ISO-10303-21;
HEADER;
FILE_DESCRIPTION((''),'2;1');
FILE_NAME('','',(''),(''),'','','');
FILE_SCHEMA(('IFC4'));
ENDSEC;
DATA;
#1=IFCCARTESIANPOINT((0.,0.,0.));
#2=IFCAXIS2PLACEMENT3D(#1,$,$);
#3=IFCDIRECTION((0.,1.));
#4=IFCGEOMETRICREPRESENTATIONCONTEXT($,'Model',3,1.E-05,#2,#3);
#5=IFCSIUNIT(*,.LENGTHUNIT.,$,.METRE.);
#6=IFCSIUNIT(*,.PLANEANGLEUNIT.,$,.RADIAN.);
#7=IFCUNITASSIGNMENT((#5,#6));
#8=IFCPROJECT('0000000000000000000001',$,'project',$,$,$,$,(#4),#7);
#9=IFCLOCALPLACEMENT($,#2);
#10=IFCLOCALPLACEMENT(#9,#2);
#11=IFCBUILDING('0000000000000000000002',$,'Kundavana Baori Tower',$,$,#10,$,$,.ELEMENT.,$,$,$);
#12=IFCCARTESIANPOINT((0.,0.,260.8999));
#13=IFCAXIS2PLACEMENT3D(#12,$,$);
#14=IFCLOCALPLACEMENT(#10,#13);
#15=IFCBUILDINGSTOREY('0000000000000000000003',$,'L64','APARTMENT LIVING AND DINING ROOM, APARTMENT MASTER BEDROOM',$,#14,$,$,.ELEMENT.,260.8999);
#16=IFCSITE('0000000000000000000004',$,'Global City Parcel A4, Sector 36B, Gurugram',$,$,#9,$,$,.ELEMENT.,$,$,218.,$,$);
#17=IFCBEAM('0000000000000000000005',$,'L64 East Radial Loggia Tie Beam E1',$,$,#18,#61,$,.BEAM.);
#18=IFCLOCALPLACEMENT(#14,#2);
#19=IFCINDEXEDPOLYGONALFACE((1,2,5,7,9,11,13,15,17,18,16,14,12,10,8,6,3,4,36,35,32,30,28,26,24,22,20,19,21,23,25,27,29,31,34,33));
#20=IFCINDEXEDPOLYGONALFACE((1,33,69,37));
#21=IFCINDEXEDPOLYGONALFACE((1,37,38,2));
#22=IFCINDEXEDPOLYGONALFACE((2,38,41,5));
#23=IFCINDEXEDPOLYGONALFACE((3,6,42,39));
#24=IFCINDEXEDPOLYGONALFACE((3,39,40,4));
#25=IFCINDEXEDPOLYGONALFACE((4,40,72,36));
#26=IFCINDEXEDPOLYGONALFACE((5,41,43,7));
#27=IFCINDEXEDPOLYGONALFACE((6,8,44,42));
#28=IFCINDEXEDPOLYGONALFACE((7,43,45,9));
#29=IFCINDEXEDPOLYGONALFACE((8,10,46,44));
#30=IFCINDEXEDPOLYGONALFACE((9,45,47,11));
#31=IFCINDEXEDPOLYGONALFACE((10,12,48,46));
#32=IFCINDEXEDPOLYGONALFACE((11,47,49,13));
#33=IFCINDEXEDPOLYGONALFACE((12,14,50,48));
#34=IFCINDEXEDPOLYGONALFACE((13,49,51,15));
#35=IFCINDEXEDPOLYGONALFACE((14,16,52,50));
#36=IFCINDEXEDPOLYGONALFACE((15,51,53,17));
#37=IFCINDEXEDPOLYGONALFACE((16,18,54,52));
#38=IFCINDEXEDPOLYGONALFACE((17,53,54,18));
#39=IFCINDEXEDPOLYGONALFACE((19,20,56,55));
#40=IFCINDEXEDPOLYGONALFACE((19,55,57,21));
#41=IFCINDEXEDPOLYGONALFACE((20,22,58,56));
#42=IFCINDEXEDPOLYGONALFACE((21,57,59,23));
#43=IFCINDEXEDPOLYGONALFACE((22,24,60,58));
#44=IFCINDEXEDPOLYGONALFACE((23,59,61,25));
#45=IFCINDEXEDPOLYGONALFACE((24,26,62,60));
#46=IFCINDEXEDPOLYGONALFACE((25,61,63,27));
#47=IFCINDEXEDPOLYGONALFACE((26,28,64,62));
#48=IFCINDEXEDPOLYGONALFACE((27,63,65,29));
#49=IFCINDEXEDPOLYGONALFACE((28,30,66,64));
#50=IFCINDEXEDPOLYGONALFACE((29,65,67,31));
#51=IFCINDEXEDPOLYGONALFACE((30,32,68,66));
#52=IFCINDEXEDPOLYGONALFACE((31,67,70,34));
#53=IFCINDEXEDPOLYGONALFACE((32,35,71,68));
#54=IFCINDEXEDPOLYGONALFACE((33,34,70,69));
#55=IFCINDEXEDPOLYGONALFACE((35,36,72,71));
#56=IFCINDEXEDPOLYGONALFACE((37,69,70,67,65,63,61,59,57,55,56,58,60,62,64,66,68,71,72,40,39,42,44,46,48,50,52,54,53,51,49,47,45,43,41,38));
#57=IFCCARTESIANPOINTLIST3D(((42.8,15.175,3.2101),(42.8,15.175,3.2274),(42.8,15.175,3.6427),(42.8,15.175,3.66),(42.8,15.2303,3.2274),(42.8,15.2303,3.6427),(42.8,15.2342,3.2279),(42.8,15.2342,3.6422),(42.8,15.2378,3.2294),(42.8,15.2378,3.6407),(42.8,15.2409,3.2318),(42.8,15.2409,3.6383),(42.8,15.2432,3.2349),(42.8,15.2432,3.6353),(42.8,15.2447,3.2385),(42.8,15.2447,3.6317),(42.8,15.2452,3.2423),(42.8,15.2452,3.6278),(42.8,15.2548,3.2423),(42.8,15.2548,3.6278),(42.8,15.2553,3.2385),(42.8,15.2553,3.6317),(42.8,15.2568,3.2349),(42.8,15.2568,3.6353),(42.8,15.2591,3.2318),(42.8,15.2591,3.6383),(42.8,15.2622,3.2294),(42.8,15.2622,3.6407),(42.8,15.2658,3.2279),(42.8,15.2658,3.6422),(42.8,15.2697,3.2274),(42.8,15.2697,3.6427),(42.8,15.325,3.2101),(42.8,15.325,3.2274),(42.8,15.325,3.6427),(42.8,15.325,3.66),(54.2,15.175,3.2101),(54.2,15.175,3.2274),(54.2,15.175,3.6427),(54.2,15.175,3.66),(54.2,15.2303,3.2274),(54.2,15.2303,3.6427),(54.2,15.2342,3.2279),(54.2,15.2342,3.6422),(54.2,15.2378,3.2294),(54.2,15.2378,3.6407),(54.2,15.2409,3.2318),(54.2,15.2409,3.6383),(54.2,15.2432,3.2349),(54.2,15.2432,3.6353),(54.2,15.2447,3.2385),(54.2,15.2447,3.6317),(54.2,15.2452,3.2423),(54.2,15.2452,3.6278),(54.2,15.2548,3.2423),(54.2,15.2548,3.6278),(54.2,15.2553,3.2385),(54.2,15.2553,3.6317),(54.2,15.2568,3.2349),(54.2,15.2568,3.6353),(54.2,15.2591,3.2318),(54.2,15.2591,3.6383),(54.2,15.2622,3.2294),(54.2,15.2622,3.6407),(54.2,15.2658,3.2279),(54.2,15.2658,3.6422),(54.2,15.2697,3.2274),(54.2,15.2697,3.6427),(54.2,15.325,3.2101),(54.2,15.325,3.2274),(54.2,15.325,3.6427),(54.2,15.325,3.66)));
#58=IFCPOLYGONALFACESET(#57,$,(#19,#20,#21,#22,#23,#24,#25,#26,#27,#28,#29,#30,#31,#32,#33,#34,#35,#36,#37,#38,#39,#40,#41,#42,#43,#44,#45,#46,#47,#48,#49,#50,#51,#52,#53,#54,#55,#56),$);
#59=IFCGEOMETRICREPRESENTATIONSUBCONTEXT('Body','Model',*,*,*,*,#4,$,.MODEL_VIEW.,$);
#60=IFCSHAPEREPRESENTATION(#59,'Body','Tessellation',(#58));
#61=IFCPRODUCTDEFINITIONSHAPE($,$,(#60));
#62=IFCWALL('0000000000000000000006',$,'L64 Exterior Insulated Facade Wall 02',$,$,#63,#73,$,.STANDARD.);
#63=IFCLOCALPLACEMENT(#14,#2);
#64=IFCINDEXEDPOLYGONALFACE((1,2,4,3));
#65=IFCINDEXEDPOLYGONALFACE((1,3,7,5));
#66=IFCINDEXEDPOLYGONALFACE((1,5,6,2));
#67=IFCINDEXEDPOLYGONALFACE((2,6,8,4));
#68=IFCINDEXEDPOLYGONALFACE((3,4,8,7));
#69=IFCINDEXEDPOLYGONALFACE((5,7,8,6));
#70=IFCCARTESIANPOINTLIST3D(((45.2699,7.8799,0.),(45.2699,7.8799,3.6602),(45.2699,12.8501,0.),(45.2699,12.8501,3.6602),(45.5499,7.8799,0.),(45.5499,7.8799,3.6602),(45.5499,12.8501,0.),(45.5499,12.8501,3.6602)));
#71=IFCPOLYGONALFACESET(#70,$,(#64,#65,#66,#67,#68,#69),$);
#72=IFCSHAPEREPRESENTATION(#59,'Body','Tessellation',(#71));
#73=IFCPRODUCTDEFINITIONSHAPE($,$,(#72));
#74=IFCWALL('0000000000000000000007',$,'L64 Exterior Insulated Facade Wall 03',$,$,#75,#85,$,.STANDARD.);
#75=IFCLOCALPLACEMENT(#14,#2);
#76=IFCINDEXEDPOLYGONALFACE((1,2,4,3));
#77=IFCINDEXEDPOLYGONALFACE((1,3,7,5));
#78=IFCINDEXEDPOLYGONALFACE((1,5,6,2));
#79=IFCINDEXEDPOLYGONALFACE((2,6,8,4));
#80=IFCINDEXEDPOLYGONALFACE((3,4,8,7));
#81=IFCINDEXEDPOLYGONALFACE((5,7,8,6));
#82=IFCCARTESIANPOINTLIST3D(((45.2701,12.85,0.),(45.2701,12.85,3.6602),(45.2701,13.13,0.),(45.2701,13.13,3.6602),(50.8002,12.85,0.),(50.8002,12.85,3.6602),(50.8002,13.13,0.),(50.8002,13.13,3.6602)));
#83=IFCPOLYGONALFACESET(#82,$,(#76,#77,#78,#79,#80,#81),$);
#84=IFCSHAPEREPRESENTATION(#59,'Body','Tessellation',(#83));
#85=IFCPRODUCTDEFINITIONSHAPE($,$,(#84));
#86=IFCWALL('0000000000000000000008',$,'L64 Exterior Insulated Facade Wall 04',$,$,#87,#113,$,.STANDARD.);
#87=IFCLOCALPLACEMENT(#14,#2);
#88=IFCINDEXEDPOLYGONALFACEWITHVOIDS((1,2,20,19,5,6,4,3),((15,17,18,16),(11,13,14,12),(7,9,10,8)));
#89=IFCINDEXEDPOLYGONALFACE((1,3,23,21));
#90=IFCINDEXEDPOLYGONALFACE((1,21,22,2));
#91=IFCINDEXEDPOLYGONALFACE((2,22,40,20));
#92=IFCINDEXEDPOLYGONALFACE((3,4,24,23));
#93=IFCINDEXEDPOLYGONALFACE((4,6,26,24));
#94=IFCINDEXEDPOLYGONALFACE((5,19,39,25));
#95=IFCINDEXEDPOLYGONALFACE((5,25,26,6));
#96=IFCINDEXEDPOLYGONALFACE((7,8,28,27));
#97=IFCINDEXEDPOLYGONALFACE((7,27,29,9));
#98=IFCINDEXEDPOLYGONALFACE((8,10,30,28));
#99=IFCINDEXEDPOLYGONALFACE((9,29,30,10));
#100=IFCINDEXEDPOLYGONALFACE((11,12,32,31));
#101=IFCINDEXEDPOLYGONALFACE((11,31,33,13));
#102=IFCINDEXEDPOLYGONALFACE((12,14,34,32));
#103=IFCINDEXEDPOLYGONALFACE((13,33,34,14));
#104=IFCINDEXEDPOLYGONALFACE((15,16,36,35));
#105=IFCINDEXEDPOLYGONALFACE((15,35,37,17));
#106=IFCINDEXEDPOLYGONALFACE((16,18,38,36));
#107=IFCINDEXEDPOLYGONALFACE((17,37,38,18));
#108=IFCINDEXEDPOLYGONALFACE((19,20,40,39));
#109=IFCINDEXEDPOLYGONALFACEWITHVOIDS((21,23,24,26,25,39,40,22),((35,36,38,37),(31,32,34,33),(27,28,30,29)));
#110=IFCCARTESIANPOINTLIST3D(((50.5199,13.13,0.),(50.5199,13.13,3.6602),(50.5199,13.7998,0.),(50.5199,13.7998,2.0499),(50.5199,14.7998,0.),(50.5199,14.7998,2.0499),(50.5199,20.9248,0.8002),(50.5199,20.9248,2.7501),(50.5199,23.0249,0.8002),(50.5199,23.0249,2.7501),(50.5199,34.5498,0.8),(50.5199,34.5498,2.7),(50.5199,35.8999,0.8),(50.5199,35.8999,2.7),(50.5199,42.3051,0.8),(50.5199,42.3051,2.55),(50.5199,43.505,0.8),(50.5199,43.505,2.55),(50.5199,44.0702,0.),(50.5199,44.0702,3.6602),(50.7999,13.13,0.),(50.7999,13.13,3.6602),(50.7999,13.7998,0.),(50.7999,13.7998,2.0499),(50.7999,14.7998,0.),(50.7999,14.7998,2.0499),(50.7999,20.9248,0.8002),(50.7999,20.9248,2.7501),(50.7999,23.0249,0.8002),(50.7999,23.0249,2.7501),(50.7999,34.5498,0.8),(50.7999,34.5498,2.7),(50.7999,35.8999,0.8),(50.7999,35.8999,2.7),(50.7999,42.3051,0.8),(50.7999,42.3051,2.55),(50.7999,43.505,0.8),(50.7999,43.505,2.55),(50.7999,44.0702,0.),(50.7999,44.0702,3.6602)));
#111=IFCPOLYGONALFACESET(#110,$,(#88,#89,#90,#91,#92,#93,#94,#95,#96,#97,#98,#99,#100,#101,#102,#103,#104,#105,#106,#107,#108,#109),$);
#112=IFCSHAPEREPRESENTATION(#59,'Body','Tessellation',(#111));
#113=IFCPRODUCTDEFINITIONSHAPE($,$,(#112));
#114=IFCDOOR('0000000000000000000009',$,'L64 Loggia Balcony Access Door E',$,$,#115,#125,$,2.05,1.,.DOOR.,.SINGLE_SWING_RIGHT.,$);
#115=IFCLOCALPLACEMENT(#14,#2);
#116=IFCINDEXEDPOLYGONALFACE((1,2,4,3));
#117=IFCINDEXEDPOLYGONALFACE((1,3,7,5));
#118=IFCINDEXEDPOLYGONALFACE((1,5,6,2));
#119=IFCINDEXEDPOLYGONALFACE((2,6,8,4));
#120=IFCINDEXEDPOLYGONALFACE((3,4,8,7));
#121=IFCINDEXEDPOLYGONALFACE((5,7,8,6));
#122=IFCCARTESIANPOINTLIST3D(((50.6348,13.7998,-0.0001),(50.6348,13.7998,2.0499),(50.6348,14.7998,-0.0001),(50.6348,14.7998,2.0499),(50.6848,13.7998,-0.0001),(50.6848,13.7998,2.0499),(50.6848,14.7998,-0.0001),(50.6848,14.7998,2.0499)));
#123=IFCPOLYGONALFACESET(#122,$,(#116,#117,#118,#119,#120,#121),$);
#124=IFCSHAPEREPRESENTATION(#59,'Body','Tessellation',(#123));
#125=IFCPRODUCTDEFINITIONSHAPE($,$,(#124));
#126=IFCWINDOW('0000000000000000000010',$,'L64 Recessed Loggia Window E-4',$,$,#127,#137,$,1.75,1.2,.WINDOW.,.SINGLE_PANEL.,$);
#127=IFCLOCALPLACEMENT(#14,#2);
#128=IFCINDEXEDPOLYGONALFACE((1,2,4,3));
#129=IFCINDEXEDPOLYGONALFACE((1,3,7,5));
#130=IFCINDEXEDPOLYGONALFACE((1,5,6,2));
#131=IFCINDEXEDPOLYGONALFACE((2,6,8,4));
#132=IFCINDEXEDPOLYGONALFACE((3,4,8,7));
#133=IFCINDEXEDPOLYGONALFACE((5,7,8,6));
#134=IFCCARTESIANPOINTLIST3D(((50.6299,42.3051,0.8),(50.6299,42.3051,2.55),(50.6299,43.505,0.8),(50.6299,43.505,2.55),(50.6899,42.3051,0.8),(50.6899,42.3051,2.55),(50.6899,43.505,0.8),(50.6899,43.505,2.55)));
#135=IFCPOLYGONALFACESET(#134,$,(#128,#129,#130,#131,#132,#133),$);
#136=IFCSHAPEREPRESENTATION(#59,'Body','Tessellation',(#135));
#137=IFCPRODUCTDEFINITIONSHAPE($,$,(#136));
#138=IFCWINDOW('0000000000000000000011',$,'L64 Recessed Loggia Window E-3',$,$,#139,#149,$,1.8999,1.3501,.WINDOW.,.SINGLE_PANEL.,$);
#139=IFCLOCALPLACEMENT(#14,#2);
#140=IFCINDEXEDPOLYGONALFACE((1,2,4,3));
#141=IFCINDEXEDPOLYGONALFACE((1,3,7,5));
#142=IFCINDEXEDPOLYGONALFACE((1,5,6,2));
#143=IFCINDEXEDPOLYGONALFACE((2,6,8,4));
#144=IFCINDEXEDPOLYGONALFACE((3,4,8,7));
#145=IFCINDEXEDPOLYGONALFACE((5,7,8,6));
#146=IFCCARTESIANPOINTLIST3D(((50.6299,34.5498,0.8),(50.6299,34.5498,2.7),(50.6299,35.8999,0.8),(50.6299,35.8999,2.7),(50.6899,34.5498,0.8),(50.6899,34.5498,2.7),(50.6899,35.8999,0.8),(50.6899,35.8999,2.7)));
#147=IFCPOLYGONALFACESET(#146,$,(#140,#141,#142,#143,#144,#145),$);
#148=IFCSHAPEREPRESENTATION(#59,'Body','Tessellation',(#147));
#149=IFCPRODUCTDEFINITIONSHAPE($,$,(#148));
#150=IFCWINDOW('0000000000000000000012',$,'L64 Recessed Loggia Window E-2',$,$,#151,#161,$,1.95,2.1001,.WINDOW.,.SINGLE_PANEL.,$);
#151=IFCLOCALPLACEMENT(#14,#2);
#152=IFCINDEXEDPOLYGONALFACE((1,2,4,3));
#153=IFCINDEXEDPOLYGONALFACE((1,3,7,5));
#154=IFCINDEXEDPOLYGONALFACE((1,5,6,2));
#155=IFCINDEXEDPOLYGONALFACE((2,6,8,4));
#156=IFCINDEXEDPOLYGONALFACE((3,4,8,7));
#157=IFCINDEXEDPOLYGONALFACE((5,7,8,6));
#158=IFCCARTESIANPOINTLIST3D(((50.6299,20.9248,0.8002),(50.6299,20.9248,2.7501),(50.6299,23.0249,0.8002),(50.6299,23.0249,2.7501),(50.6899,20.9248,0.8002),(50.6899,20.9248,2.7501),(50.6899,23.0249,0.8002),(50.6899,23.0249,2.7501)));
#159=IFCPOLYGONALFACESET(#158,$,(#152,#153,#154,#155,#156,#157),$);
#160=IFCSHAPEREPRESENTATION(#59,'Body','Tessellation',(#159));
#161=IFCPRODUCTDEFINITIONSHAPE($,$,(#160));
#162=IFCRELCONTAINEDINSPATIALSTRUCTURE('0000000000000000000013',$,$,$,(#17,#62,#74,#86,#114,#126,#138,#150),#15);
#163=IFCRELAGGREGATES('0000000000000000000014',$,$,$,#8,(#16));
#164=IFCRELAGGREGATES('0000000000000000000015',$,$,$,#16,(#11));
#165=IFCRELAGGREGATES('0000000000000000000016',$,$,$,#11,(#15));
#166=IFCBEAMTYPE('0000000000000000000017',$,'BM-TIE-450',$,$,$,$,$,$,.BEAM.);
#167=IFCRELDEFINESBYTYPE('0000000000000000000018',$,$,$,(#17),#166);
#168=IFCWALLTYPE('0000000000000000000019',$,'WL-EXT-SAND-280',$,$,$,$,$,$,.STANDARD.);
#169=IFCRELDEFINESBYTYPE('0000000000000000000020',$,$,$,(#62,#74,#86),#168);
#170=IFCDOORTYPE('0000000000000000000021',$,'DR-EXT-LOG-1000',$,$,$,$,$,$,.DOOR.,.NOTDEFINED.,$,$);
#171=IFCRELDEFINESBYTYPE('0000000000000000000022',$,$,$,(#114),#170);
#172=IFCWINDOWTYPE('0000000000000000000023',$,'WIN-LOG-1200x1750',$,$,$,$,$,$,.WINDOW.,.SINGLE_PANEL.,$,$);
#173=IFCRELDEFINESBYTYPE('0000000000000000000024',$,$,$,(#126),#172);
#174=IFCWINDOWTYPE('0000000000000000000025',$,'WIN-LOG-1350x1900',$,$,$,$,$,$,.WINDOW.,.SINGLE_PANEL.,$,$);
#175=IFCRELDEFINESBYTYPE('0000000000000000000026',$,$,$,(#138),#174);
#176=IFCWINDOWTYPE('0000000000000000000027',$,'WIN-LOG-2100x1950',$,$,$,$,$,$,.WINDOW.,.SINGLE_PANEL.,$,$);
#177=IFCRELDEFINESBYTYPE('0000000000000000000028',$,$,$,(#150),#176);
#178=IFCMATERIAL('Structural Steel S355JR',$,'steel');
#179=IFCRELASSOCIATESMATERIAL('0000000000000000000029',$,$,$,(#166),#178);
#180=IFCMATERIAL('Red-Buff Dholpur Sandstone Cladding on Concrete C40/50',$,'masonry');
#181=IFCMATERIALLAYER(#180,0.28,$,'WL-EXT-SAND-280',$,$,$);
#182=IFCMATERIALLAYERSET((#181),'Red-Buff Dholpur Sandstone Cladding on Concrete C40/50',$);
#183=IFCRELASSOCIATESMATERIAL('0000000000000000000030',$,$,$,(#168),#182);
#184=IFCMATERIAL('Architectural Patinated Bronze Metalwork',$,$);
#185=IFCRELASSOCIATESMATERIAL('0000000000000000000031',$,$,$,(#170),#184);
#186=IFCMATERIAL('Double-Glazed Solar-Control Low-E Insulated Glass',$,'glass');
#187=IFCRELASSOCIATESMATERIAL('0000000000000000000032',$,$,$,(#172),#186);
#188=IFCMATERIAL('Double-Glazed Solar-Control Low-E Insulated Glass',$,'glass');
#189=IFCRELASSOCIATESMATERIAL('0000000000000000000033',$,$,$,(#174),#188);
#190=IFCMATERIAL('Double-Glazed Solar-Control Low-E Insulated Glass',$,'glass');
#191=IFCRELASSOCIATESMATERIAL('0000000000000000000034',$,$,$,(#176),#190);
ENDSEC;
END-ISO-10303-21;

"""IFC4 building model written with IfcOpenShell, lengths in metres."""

from ifc_helpers import new_model, si_unit, direction, frame, frame_2d, origin, origin_2d, place, context, subcontext, project, spatial, rectangle, i_section, extrude, material, layer, layer_set, material_profile, profile_set, type_object, element, fill, save


model = new_model("IFC4")

# Units and contexts
model_context = context("Model", 3, precision=1e-05, world=origin(), true_north=direction((0.0, 1.0)))
body_context = subcontext(model_context, "Body", "Model", "MODEL_VIEW")
ifc_project = project(units=[si_unit("LENGTHUNIT", "METRE"), si_unit("PLANEANGLEUNIT", "RADIAN")], contexts=[model_context])

# Site, building, storey
site_placement = place(None, origin())
site = spatial("IfcSite", under=ifc_project, at=site_placement, Name="Global City Parcel A4, Sector 36B, Gurugram", CompositionType="ELEMENT", RefElevation=218.0)
building_placement = place(site_placement, origin())
building = spatial("IfcBuilding", under=site, at=building_placement, Name="Kundavana Baori Tower", CompositionType="ELEMENT")
storey_placement = place(building_placement, frame((0.0, 0.0, 260.8999)))
storey = spatial("IfcBuildingStorey", under=building, at=storey_placement, Name="L64", Description="APARTMENT LIVING AND DINING ROOM, APARTMENT MASTER BEDROOM", CompositionType="ELEMENT", Elevation=260.8999)

# Beam
ifc_material_1 = material(Name="Structural Steel S355JR", Category="steel")
ifc_material_profile_1 = material_profile(ifc_material_1, i_section(OverallWidth=0.1499, OverallDepth=0.45, WebThickness=0.0095, FlangeThickness=0.0173, FilletRadius=0.0149, at=origin_2d()), Name="ISMB 450")
ifc_profile_set_1 = profile_set([ifc_material_profile_1], Name="Structural Steel S355JR")
beam_type_1 = type_object("IfcBeamType", Name="BM-TIE-450", PredefinedType="BEAM", material=ifc_profile_set_1)
beam_1_placement = place(storey_placement, frame((42.8, 15.25, 3.4351), z_axis=(1.0, 0.0, 0.0), x_axis=(0.0, 1.0, 0.0)))
element("IfcBeam", 1, at=beam_1_placement, inside=storey, type_object=beam_type_1, Name="L64 East Radial Loggia Tie Beam E1", PredefinedType="BEAM", context=body_context, shape_type="SweptSolid", body=[
    extrude(i_section(OverallWidth=0.1499, OverallDepth=0.45, WebThickness=0.0095, FlangeThickness=0.0173, FilletRadius=0.0149, at=origin_2d()), origin(), (0.0, 0.0, 1.0), 11.3999),
])

# Walls
ifc_material_2 = material(Name="Red-Buff Dholpur Sandstone Cladding on Concrete C40/50", Category="masonry")
ifc_layer_1 = layer(ifc_material_2, 0.28, Name="WL-EXT-SAND-280")
ifc_layer_set_1 = layer_set([ifc_layer_1], Name="Red-Buff Dholpur Sandstone Cladding on Concrete C40/50")
wall_type_1 = type_object("IfcWallType", Name="WL-EXT-SAND-280", PredefinedType="STANDARD", material=ifc_layer_set_1)
wall_1_placement = place(storey_placement, frame((45.4099, 7.8799, 0.0), z_axis=(0.0, 0.0, 1.0), x_axis=(0.0, 1.0, 0.0)))
element("IfcWall", 2, at=wall_1_placement, inside=storey, type_object=wall_type_1, Name="L64 Exterior Insulated Facade Wall 02", PredefinedType="STANDARD", context=body_context, shape_type="SweptSolid", body=[
    extrude(rectangle(XDim=4.9702, YDim=0.28, at=frame_2d((2.4851, 0.0))), origin(), (0.0, 0.0, 1.0), 3.6602),
])
wall_2_placement = place(storey_placement, frame((45.27, 12.99, 0.0), z_axis=(0.0, 0.0, 1.0), x_axis=(1.0, 0.0, 0.0)))
element("IfcWall", 3, at=wall_2_placement, inside=storey, type_object=wall_type_1, Name="L64 Exterior Insulated Facade Wall 03", PredefinedType="STANDARD", context=body_context, shape_type="SweptSolid", body=[
    extrude(rectangle(XDim=5.53, YDim=0.28, at=frame_2d((2.7651, 0.0))), origin(), (0.0, 0.0, 1.0), 3.6602),
])

# Wall, openings, door, windows
wall_3_placement = place(storey_placement, frame((50.6599, 13.1299, 0.0), z_axis=(0.0, 0.0, 1.0), x_axis=(0.0, 1.0, 0.0)))
wall_3 = element("IfcWall", 4, at=wall_3_placement, inside=storey, type_object=wall_type_1, Name="L64 Exterior Insulated Facade Wall 04", PredefinedType="STANDARD", context=body_context, shape_type="SweptSolid", body=[
    extrude(rectangle(XDim=30.9402, YDim=0.28, at=frame_2d((15.4702, 0.0))), origin(), (0.0, 0.0, 1.0), 3.6602),
])
opening_1_placement = place(wall_3_placement, frame((0.6699, 0.0, 0.0)))
opening_1 = element("IfcOpeningElement", 5, at=opening_1_placement, cuts=wall_3, PredefinedType="OPENING", context=body_context, shape_type="SweptSolid", body=[
    extrude(rectangle(XDim=1.0, YDim=2.05, at=frame_2d((0.5, 1.0249))), frame((0.0, 0.1499, 0.0), z_axis=(0.0, -1.0, 0.0), x_axis=(1.0, 0.0, 0.0)), (0.0, 0.0, 1.0), 0.3),
])
opening_2_placement = place(wall_3_placement, frame((7.7949, 0.0, 0.8)))
opening_2 = element("IfcOpeningElement", 6, at=opening_2_placement, cuts=wall_3, PredefinedType="OPENING", context=body_context, shape_type="SweptSolid", body=[
    extrude(rectangle(XDim=2.1001, YDim=1.95, at=frame_2d((1.05, 0.9751))), frame((0.0, 0.1499, 0.0), z_axis=(0.0, -1.0, 0.0), x_axis=(1.0, 0.0, 0.0)), (0.0, 0.0, 1.0), 0.3),
])
opening_3_placement = place(wall_3_placement, frame((21.4199, 0.0, 0.8)))
opening_3 = element("IfcOpeningElement", 7, at=opening_3_placement, cuts=wall_3, PredefinedType="OPENING", context=body_context, shape_type="SweptSolid", body=[
    extrude(rectangle(XDim=1.3501, YDim=1.8999, at=frame_2d((0.675, 0.95))), frame((0.0, 0.1499, 0.0), z_axis=(0.0, -1.0, 0.0), x_axis=(1.0, 0.0, 0.0)), (0.0, 0.0, 1.0), 0.3),
])
opening_4_placement = place(wall_3_placement, frame((29.175, 0.0, 0.8)))
opening_4 = element("IfcOpeningElement", 8, at=opening_4_placement, cuts=wall_3, PredefinedType="OPENING", context=body_context, shape_type="SweptSolid", body=[
    extrude(rectangle(XDim=1.2, YDim=1.75, at=frame_2d((0.6001, 0.875))), frame((0.0, 0.1499, 0.0), z_axis=(0.0, -1.0, 0.0), x_axis=(1.0, 0.0, 0.0)), (0.0, 0.0, 1.0), 0.3),
])
ifc_material_3 = material(Name="Architectural Patinated Bronze Metalwork")
door_type = type_object("IfcDoorType", Name="DR-EXT-LOG-1000", OperationType="NOTDEFINED", PredefinedType="DOOR", material=ifc_material_3)
door_placement = place(opening_1_placement, frame((1.0, 0.0, 0.0), z_axis=(0.0, 0.0, 1.0), x_axis=(-1.0, 0.0, 0.0)))
door = element("IfcDoor", 9, at=door_placement, inside=storey, type_object=door_type, Name="L64 Loggia Balcony Access Door E", OperationType="SINGLE_SWING_RIGHT", OverallHeight=2.05, OverallWidth=1.0, PredefinedType="DOOR", context=body_context, shape_type="SweptSolid", body=[
    extrude(rectangle(XDim=1.0, YDim=2.05, at=frame_2d((0.5, 1.0249))), frame((0.0, 0.0249, 0.0), z_axis=(0.0, -1.0, 0.0), x_axis=(1.0, 0.0, 0.0)), (0.0, 0.0, 1.0), 0.05),
])
fill(opening_1, door)
ifc_material_4 = material(Name="Double-Glazed Solar-Control Low-E Insulated Glass", Category="glass")
window_type_1 = type_object("IfcWindowType", Name="WIN-LOG-1200x1750", PartitioningType="SINGLE_PANEL", PredefinedType="WINDOW", material=ifc_material_4)
window_1_placement = place(opening_4_placement, origin())
window_1 = element("IfcWindow", 10, at=window_1_placement, inside=storey, type_object=window_type_1, Name="L64 Recessed Loggia Window E-4", OverallHeight=1.75, OverallWidth=1.2, PartitioningType="SINGLE_PANEL", PredefinedType="WINDOW", context=body_context, shape_type="SweptSolid", body=[
    extrude(rectangle(XDim=1.2, YDim=1.75, at=frame_2d((0.6001, 0.875))), frame((0.0, 0.03, 0.0), z_axis=(0.0, -1.0, 0.0), x_axis=(1.0, 0.0, 0.0)), (0.0, 0.0, 1.0), 0.0601),
])
fill(opening_4, window_1)
ifc_material_5 = material(Name="Double-Glazed Solar-Control Low-E Insulated Glass", Category="glass")
window_type_2 = type_object("IfcWindowType", Name="WIN-LOG-1350x1900", PartitioningType="SINGLE_PANEL", PredefinedType="WINDOW", material=ifc_material_5)
window_2_placement = place(opening_3_placement, origin())
window_2 = element("IfcWindow", 11, at=window_2_placement, inside=storey, type_object=window_type_2, Name="L64 Recessed Loggia Window E-3", OverallHeight=1.8999, OverallWidth=1.3501, PartitioningType="SINGLE_PANEL", PredefinedType="WINDOW", context=body_context, shape_type="SweptSolid", body=[
    extrude(rectangle(XDim=1.3501, YDim=1.8999, at=frame_2d((0.675, 0.95))), frame((0.0, 0.03, 0.0), z_axis=(0.0, -1.0, 0.0), x_axis=(1.0, 0.0, 0.0)), (0.0, 0.0, 1.0), 0.0601),
])
fill(opening_3, window_2)
ifc_material_6 = material(Name="Double-Glazed Solar-Control Low-E Insulated Glass", Category="glass")
window_type_3 = type_object("IfcWindowType", Name="WIN-LOG-2100x1950", PartitioningType="SINGLE_PANEL", PredefinedType="WINDOW", material=ifc_material_6)
window_3_placement = place(opening_2_placement, origin())
window_3 = element("IfcWindow", 12, at=window_3_placement, inside=storey, type_object=window_type_3, Name="L64 Recessed Loggia Window E-2", OverallHeight=1.95, OverallWidth=2.1001, PartitioningType="SINGLE_PANEL", PredefinedType="WINDOW", context=body_context, shape_type="SweptSolid", body=[
    extrude(rectangle(XDim=2.1001, YDim=1.95, at=frame_2d((1.05, 0.9751))), frame((0.0, 0.03, 0.0), z_axis=(0.0, -1.0, 0.0), x_axis=(1.0, 0.0, 0.0)), (0.0, 0.0, 1.0), 0.0601),
])
fill(opening_2, window_3)

save(model, "model.ifc")
